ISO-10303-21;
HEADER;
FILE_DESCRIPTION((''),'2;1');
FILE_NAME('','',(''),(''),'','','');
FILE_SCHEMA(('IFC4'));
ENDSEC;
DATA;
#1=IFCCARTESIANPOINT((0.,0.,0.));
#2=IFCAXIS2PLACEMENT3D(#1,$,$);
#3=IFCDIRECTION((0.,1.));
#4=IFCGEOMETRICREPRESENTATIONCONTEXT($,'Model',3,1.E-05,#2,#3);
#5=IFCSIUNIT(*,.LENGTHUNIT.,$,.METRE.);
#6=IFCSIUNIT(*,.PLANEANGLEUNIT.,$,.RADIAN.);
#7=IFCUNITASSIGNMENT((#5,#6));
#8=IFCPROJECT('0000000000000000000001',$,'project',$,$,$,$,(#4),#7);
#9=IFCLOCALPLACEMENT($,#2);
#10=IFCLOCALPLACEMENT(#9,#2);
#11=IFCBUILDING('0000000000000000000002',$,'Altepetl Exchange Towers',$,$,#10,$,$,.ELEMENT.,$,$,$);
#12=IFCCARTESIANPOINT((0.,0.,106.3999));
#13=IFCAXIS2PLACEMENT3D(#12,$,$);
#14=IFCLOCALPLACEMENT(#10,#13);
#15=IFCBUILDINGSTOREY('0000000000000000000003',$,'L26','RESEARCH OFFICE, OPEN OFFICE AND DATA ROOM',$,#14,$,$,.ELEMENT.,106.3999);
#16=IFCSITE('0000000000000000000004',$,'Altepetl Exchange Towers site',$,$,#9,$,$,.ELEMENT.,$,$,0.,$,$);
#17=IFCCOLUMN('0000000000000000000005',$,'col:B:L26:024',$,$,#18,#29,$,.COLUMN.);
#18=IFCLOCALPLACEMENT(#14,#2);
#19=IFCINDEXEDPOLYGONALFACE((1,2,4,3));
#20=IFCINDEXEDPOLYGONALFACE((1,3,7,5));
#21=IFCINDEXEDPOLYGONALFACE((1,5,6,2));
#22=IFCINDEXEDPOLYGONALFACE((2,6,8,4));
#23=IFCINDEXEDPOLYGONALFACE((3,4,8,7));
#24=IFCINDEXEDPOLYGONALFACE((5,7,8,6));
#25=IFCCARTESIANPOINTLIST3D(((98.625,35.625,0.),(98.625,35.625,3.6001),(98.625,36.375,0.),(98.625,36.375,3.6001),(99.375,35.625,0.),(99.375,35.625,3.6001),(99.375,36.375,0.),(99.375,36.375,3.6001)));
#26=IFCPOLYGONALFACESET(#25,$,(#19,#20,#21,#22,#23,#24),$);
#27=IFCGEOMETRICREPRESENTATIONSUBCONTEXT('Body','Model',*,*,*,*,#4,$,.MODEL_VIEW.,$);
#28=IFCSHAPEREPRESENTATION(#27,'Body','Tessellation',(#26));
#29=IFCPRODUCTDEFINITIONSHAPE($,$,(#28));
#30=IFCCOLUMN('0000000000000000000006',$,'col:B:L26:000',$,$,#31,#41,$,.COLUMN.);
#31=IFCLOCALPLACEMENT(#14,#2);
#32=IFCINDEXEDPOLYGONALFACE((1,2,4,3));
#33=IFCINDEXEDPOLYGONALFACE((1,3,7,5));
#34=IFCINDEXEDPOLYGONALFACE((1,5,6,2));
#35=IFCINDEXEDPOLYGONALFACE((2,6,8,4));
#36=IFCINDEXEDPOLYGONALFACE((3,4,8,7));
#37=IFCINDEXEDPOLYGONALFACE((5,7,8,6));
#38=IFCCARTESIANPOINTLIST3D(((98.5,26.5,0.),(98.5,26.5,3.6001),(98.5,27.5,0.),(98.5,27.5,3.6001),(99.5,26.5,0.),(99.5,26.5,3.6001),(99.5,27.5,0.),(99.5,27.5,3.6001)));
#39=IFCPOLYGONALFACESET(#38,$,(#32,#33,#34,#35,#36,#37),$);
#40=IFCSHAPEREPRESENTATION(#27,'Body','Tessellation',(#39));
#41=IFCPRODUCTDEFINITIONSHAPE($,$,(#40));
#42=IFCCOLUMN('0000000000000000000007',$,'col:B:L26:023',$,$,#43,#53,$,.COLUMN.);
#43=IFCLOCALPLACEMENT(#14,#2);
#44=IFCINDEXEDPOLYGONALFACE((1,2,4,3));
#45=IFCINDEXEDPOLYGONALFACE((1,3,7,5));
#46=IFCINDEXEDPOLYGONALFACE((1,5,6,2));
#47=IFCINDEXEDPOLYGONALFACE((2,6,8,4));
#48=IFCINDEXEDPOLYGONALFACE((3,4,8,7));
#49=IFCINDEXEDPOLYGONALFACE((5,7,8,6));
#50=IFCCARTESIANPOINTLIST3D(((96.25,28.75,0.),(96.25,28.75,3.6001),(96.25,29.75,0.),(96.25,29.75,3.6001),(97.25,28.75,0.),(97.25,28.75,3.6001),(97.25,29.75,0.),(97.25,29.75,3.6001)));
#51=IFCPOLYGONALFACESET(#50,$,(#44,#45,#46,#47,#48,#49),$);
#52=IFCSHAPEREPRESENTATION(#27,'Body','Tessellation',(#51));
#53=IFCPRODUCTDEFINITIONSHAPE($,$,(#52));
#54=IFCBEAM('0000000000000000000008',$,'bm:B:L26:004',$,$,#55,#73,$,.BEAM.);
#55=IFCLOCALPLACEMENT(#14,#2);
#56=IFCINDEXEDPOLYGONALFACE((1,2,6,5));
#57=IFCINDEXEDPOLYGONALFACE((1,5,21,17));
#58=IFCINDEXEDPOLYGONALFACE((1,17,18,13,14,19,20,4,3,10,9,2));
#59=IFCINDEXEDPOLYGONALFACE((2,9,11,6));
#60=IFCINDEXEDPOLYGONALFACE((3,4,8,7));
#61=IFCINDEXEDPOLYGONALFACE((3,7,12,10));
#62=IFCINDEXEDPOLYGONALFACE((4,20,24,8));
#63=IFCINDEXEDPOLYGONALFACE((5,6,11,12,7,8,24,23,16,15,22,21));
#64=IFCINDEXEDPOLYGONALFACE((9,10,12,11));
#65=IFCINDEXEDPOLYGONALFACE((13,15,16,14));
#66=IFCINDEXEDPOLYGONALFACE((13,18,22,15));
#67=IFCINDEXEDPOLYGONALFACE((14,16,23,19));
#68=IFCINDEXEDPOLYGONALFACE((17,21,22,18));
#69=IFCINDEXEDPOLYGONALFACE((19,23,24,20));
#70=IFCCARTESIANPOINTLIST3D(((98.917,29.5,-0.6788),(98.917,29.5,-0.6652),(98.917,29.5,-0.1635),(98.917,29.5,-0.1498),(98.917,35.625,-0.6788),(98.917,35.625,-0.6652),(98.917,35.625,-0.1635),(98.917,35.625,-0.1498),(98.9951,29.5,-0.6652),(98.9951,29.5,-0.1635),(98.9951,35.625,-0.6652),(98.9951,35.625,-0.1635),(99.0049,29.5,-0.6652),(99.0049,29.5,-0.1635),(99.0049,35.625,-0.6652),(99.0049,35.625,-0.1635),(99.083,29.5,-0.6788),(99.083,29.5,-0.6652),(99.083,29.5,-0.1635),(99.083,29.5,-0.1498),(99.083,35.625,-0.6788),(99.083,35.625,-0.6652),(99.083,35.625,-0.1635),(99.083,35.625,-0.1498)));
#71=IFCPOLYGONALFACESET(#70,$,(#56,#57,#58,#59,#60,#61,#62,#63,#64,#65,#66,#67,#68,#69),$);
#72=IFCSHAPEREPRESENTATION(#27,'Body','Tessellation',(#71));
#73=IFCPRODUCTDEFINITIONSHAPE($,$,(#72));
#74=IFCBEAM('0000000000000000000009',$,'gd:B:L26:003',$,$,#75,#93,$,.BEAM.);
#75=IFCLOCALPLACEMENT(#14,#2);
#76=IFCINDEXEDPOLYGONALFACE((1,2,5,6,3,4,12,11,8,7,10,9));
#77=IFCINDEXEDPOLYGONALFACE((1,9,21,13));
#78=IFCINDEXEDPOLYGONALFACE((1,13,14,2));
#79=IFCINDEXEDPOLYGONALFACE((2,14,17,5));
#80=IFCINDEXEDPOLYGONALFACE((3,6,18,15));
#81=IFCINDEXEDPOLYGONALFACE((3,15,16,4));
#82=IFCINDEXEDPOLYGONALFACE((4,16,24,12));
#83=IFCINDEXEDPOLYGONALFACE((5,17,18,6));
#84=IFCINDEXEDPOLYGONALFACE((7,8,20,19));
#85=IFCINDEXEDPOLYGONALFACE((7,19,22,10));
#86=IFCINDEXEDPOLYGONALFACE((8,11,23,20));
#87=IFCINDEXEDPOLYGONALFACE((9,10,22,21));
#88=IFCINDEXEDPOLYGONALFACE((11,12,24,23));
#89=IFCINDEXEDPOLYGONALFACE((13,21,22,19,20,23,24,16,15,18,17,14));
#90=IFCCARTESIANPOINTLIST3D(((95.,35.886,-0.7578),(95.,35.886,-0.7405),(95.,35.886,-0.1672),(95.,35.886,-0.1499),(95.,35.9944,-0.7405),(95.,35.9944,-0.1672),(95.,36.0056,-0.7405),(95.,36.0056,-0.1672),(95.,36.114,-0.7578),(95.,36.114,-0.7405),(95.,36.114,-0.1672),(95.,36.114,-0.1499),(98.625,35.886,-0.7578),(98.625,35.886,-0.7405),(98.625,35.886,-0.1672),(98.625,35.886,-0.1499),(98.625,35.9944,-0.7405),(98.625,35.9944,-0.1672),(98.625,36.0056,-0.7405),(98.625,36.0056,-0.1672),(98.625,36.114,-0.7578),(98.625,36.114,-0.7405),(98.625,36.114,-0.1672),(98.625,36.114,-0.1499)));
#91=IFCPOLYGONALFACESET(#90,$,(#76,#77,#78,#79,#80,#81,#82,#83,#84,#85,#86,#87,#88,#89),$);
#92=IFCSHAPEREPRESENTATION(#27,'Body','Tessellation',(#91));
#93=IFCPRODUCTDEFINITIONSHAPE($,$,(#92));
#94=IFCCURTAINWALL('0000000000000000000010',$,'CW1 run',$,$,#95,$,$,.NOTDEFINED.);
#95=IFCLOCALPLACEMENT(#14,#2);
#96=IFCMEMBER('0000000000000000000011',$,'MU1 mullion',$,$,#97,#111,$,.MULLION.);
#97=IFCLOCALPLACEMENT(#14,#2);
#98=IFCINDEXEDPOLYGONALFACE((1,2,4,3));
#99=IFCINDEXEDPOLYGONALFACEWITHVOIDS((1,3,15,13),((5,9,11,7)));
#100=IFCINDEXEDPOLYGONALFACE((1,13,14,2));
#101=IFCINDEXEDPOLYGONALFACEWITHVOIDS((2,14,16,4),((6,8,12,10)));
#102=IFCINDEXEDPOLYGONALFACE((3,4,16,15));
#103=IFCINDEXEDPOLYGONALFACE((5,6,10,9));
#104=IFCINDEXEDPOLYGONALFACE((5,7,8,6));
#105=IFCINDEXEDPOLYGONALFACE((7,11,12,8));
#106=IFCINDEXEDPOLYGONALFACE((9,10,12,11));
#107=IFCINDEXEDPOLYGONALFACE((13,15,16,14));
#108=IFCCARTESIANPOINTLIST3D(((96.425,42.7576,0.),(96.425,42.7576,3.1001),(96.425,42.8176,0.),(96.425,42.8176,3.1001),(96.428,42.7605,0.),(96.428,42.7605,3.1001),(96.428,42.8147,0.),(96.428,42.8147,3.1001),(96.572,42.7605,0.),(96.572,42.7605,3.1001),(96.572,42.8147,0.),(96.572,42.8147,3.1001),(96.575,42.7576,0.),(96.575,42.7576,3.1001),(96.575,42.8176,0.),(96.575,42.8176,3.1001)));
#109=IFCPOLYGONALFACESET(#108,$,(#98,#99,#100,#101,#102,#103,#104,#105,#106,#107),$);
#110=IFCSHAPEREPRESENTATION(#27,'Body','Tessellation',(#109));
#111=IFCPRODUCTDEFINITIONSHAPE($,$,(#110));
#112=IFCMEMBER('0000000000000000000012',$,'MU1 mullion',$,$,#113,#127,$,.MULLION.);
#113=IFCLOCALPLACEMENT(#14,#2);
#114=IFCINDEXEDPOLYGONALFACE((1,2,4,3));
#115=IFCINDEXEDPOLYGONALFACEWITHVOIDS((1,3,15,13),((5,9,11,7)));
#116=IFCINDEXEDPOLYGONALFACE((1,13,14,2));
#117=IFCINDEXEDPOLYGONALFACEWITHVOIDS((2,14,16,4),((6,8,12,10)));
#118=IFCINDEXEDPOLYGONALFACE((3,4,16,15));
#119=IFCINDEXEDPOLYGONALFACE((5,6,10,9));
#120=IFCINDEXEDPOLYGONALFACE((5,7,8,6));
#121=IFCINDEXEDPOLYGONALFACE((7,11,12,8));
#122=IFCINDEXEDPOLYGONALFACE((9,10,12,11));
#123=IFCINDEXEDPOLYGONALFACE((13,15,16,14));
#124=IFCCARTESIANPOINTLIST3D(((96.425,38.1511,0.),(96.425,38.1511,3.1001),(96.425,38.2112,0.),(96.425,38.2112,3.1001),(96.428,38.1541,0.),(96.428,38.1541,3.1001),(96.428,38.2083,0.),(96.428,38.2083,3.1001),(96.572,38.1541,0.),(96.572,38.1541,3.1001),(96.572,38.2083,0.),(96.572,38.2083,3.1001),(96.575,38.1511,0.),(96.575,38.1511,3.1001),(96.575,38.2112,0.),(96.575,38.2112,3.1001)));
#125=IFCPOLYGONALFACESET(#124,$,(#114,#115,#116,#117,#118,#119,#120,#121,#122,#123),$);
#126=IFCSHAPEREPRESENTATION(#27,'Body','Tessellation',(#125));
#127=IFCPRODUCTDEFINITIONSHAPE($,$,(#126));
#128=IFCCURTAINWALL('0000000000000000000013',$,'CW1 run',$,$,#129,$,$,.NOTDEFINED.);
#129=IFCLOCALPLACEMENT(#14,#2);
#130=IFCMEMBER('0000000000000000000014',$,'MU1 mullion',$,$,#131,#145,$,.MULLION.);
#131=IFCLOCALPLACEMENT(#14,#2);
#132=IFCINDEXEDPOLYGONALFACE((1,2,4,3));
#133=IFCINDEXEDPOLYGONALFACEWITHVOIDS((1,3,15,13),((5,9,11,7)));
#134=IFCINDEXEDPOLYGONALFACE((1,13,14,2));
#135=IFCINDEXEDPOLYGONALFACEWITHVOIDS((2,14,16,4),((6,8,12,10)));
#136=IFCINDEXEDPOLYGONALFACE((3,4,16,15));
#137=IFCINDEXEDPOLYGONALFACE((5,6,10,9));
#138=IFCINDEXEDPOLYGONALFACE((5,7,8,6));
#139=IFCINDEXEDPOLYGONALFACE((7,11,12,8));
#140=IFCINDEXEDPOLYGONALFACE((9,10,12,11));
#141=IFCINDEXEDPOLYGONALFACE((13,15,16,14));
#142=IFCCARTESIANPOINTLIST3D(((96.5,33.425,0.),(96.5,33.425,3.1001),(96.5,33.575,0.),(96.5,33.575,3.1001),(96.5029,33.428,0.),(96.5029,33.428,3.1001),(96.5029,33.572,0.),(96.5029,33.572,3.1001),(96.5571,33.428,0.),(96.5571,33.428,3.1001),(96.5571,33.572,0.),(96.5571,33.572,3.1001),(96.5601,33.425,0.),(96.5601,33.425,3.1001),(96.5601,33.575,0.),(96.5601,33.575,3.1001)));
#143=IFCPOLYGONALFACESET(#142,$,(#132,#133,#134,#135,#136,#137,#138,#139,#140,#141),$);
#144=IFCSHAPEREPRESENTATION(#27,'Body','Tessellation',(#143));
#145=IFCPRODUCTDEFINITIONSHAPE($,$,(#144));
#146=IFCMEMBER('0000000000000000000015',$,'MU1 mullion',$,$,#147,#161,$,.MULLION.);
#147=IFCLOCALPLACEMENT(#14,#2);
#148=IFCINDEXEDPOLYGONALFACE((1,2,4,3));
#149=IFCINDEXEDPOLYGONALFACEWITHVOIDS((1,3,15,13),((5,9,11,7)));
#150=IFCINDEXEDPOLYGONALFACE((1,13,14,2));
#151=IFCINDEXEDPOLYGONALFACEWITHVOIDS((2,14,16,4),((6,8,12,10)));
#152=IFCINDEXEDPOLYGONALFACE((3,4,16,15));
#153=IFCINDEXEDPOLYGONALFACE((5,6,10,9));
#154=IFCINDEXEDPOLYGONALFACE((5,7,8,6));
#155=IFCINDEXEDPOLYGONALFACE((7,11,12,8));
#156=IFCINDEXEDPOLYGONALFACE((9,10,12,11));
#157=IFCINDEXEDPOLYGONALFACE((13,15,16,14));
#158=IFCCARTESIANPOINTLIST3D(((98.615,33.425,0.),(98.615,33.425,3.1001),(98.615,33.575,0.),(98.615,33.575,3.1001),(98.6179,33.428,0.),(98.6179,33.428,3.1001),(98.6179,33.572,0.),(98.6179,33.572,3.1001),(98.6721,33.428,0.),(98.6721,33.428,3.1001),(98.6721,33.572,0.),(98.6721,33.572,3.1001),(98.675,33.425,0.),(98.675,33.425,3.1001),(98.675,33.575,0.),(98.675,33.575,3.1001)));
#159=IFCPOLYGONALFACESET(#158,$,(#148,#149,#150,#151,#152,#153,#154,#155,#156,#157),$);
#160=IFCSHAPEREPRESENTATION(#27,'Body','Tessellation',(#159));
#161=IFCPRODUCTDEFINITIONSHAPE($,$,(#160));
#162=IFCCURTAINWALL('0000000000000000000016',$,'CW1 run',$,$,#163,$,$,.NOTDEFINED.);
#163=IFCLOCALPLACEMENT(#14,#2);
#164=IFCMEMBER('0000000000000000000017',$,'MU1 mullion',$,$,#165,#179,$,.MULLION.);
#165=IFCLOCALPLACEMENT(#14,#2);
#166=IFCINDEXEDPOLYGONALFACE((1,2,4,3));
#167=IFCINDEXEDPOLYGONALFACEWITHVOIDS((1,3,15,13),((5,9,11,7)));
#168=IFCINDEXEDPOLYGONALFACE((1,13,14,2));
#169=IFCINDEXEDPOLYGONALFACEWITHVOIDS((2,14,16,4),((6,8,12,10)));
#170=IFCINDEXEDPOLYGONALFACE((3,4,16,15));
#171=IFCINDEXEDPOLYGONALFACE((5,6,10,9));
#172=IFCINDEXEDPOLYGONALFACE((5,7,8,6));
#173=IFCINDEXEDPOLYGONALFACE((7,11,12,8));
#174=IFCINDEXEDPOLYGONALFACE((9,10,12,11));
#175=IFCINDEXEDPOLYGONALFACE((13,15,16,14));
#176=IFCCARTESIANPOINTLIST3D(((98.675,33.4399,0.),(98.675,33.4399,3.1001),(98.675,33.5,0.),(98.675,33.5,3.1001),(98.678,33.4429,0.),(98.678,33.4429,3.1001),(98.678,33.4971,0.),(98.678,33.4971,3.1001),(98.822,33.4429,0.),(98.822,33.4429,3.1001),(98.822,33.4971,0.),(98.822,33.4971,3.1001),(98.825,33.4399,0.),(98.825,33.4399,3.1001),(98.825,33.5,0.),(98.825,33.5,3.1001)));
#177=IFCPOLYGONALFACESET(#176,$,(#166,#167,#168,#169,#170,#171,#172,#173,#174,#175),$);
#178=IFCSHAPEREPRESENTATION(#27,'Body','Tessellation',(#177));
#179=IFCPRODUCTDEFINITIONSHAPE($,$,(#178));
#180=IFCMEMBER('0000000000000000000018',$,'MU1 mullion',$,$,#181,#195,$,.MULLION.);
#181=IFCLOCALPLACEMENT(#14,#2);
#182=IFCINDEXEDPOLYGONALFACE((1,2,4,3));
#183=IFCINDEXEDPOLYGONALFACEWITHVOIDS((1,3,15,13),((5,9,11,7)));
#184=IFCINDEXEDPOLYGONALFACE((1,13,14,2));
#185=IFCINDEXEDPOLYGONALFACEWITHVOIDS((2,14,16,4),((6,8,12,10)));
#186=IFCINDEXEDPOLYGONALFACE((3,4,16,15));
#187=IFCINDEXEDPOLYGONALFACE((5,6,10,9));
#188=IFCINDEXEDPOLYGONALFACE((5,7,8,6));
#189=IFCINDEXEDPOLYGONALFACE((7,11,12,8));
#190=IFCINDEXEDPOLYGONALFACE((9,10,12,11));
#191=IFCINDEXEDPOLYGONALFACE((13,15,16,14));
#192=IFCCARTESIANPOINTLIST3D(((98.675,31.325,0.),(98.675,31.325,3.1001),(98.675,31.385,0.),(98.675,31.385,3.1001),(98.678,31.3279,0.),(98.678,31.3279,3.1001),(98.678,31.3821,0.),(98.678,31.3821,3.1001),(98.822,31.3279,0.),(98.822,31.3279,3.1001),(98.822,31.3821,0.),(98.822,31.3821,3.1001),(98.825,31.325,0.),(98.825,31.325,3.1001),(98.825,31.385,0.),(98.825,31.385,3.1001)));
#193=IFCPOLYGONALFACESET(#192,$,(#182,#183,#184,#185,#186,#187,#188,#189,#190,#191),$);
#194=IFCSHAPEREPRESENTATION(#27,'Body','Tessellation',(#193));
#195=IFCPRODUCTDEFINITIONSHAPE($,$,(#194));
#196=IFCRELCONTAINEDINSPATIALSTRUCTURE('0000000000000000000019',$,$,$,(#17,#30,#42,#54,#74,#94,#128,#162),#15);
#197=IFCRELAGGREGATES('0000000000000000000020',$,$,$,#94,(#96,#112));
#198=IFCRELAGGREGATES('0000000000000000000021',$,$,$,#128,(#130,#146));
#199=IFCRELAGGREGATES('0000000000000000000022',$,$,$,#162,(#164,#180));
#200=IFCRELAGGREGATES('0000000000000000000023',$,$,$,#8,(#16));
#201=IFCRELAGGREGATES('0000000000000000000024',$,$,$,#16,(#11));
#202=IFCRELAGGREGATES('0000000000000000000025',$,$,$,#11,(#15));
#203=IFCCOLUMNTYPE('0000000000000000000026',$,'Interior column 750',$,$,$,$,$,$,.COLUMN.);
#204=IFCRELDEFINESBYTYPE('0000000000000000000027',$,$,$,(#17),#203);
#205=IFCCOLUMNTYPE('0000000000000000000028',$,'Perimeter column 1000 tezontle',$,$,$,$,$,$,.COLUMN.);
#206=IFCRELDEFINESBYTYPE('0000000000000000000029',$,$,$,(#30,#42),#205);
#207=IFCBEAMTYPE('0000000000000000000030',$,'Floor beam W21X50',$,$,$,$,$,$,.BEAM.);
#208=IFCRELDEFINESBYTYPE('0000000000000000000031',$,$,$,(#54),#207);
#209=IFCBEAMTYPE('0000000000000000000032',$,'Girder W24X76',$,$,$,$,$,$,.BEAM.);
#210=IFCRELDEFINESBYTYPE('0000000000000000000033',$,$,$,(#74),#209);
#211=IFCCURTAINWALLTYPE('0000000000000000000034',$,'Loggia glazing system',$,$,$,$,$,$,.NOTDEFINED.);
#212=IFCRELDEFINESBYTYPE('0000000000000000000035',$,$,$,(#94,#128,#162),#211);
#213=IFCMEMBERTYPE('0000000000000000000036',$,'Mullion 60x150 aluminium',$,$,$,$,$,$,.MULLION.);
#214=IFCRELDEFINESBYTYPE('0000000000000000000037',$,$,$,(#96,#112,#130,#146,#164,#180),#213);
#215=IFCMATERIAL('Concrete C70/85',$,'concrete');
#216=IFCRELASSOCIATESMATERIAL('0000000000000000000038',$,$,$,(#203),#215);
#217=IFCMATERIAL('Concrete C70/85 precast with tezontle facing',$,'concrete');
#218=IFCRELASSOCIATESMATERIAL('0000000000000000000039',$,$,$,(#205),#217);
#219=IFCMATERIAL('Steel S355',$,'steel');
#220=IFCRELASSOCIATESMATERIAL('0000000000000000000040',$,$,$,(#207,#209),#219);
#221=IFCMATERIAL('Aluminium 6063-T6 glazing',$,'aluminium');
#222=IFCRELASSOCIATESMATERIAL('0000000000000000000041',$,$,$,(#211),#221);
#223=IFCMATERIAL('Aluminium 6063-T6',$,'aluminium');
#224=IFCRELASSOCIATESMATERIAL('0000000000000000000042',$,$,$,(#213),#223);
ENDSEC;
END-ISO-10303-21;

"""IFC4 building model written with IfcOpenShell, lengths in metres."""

from ifc_helpers import new_model, si_unit, direction, frame, origin, origin_2d, place, context, subcontext, project, spatial, rectangle, hollow_rectangle, i_section, extrude, material, material_profile, profile_set, type_object, element, aggregate, save


model = new_model("IFC4")

# Units and contexts
model_context = context("Model", 3, precision=1e-05, world=origin(), true_north=direction((0.0, 1.0)))
body_context = subcontext(model_context, "Body", "Model", "MODEL_VIEW")
ifc_project = project(units=[si_unit("LENGTHUNIT", "METRE"), si_unit("PLANEANGLEUNIT", "RADIAN")], contexts=[model_context])

# Site, building, storey
site_placement = place(None, origin())
site = spatial("IfcSite", under=ifc_project, at=site_placement, Name="Altepetl Exchange Towers site", CompositionType="ELEMENT", RefElevation=0.0)
building_placement = place(site_placement, origin())
building = spatial("IfcBuilding", under=site, at=building_placement, Name="Altepetl Exchange Towers", CompositionType="ELEMENT")
storey_placement = place(building_placement, frame((0.0, 0.0, 106.3999)))
storey = spatial("IfcBuildingStorey", under=building, at=storey_placement, Name="L26", Description="RESEARCH OFFICE, OPEN OFFICE AND DATA ROOM", CompositionType="ELEMENT", Elevation=106.3999)

# Columns
ifc_material_1 = material(Name="Concrete C70/85", Category="concrete")
ifc_material_profile_1 = material_profile(ifc_material_1, rectangle(XDim=0.75, YDim=0.75, at=origin_2d()), Name="750 x 750")
ifc_profile_set_1 = profile_set([ifc_material_profile_1], Name="Concrete C70/85")
column_type_1 = type_object("IfcColumnType", Name="Interior column 750", PredefinedType="COLUMN", material=ifc_profile_set_1)
column_placement = place(storey_placement, frame((99.0, 36.0, 0.0)))
element("IfcColumn", 1, at=column_placement, inside=storey, type_object=column_type_1, Name="col:B:L26:024", PredefinedType="COLUMN", context=body_context, shape_type="SweptSolid", body=[
    extrude(rectangle(XDim=0.75, YDim=0.75, at=origin_2d()), origin(), (0.0, 0.0, 1.0), 3.6001),
])
ifc_material_2 = material(Name="Concrete C70/85 precast with tezontle facing", Category="concrete")
ifc_material_profile_2 = material_profile(ifc_material_2, rectangle(XDim=1.0, YDim=1.0, at=origin_2d()), Name="1000 x 1000")
ifc_profile_set_2 = profile_set([ifc_material_profile_2], Name="Concrete C70/85 precast with tezontle facing")
column_type_2 = type_object("IfcColumnType", Name="Perimeter column 1000 tezontle", PredefinedType="COLUMN", material=ifc_profile_set_2)
for number, where, name in (
    (2, (99.0, 27.0, 0.0), "col:B:L26:000"),
    (3, (96.75, 29.25, 0.0), "col:B:L26:023"),
):
    element("IfcColumn", number, at=place(storey_placement, frame(where)), inside=storey, type_object=column_type_2, Name=name, PredefinedType="COLUMN", context=body_context, shape_type="SweptSolid", body=[
        extrude(rectangle(XDim=1.0, YDim=1.0, at=origin_2d()), origin(), (0.0, 0.0, 1.0), 3.6001),
    ])

# Beams
ifc_material_3 = material(Name="Steel S355", Category="steel")
ifc_material_profile_3 = material_profile(ifc_material_3, i_section(OverallWidth=0.166, OverallDepth=0.5291, WebThickness=0.0098, FlangeThickness=0.0137, at=origin_2d()), Name="W21X50")
ifc_profile_set_3 = profile_set([ifc_material_profile_3], Name="Steel S355")
beam_type_1 = type_object("IfcBeamType", Name="Floor beam W21X50", PredefinedType="BEAM", material=ifc_profile_set_3)
beam_1_placement = place(storey_placement, frame((99.0, 29.5, -0.4143), z_axis=(0.0, 1.0, 0.0), x_axis=(-1.0, 0.0, 0.0)))
element("IfcBeam", 4, at=beam_1_placement, inside=storey, type_object=beam_type_1, Name="bm:B:L26:004", PredefinedType="BEAM", context=body_context, shape_type="SweptSolid", body=[
    extrude(i_section(OverallWidth=0.166, OverallDepth=0.5291, WebThickness=0.0098, FlangeThickness=0.0137, at=origin_2d()), origin(), (0.0, 0.0, 1.0), 6.125),
])
ifc_material_profile_4 = material_profile(ifc_material_3, i_section(OverallWidth=0.228, OverallDepth=0.6079, WebThickness=0.0112, FlangeThickness=0.0173, at=origin_2d()), Name="W24X76")
ifc_profile_set_4 = profile_set([ifc_material_profile_4], Name="Steel S355")
beam_type_2 = type_object("IfcBeamType", Name="Girder W24X76", PredefinedType="BEAM", material=ifc_profile_set_4)
beam_2_placement = place(storey_placement, frame((98.625, 36.0, -0.4539), z_axis=(-1.0, 0.0, 0.0), x_axis=(0.0, -1.0, 0.0)))
element("IfcBeam", 5, at=beam_2_placement, inside=storey, type_object=beam_type_2, Name="gd:B:L26:003", PredefinedType="BEAM", context=body_context, shape_type="SweptSolid", body=[
    extrude(i_section(OverallWidth=0.228, OverallDepth=0.6079, WebThickness=0.0112, FlangeThickness=0.0173, at=origin_2d()), origin(), (0.0, 0.0, 1.0), 3.625),
])

# Curtain walls, members
ifc_material_4 = material(Name="Aluminium 6063-T6 glazing", Category="aluminium")
curtain_wall_type = type_object("IfcCurtainWallType", Name="Loggia glazing system", PredefinedType="NOTDEFINED", material=ifc_material_4)
curtain_wall_1_placement = place(storey_placement, origin())
curtain_wall_1 = element("IfcCurtainWall", 6, at=curtain_wall_1_placement, inside=storey, type_object=curtain_wall_type, Name="CW1 run", PredefinedType="NOTDEFINED")
ifc_material_5 = material(Name="Aluminium 6063-T6", Category="aluminium")
ifc_material_profile_5 = material_profile(ifc_material_5, hollow_rectangle(XDim=0.0601, YDim=0.1499, WallThickness=0.0029, at=origin_2d()), Name="Mullion 60x150 aluminium")
ifc_profile_set_5 = profile_set([ifc_material_profile_5], Name="Aluminium 6063-T6")
member_type = type_object("IfcMemberType", Name="Mullion 60x150 aluminium", PredefinedType="MULLION", material=ifc_profile_set_5)
member_1_placement = place(storey_placement, frame((96.5, 42.7876, 0.0), z_axis=(0.0, 0.0, 1.0), x_axis=(0.0, -1.0, 0.0)))
member_1 = element("IfcMember", 7, at=member_1_placement, type_object=member_type, Name="MU1 mullion", PredefinedType="MULLION", context=body_context, shape_type="SweptSolid", body=[
    extrude(hollow_rectangle(XDim=0.0601, YDim=0.1499, WallThickness=0.0029, at=origin_2d()), origin(), (0.0, 0.0, 1.0), 3.1001),
])
member_2_placement = place(storey_placement, frame((96.5, 38.1812, 0.0), z_axis=(0.0, 0.0, 1.0), x_axis=(0.0, -1.0, 0.0)))
member_2 = element("IfcMember", 8, at=member_2_placement, type_object=member_type, Name="MU1 mullion", PredefinedType="MULLION", context=body_context, shape_type="SweptSolid", body=[
    extrude(hollow_rectangle(XDim=0.0601, YDim=0.1499, WallThickness=0.0029, at=origin_2d()), origin(), (0.0, 0.0, 1.0), 3.1001),
])
curtain_wall_2_placement = place(storey_placement, origin())
curtain_wall_2 = element("IfcCurtainWall", 9, at=curtain_wall_2_placement, inside=storey, type_object=curtain_wall_type, Name="CW1 run", PredefinedType="NOTDEFINED")
member_3_placement = place(storey_placement, frame((96.53, 33.5, 0.0)))
member_3 = element("IfcMember", 10, at=member_3_placement, type_object=member_type, Name="MU1 mullion", PredefinedType="MULLION", context=body_context, shape_type="SweptSolid", body=[
    extrude(hollow_rectangle(XDim=0.0601, YDim=0.1499, WallThickness=0.0029, at=origin_2d()), origin(), (0.0, 0.0, 1.0), 3.1001),
])
member_4_placement = place(storey_placement, frame((98.645, 33.5, 0.0)))
member_4 = element("IfcMember", 11, at=member_4_placement, type_object=member_type, Name="MU1 mullion", PredefinedType="MULLION", context=body_context, shape_type="SweptSolid", body=[
    extrude(hollow_rectangle(XDim=0.0601, YDim=0.1499, WallThickness=0.0029, at=origin_2d()), origin(), (0.0, 0.0, 1.0), 3.1001),
])
curtain_wall_3_placement = place(storey_placement, origin())
curtain_wall_3 = element("IfcCurtainWall", 12, at=curtain_wall_3_placement, inside=storey, type_object=curtain_wall_type, Name="CW1 run", PredefinedType="NOTDEFINED")
member_5_placement = place(storey_placement, frame((98.75, 33.47, 0.0), z_axis=(0.0, 0.0, 1.0), x_axis=(0.0, -1.0, 0.0)))
member_5 = element("IfcMember", 13, at=member_5_placement, type_object=member_type, Name="MU1 mullion", PredefinedType="MULLION", context=body_context, shape_type="SweptSolid", body=[
    extrude(hollow_rectangle(XDim=0.0601, YDim=0.1499, WallThickness=0.0029, at=origin_2d()), origin(), (0.0, 0.0, 1.0), 3.1001),
])
member_6_placement = place(storey_placement, frame((98.75, 31.355, 0.0), z_axis=(0.0, 0.0, 1.0), x_axis=(0.0, -1.0, 0.0)))
member_6 = element("IfcMember", 14, at=member_6_placement, type_object=member_type, Name="MU1 mullion", PredefinedType="MULLION", context=body_context, shape_type="SweptSolid", body=[
    extrude(hollow_rectangle(XDim=0.0601, YDim=0.1499, WallThickness=0.0029, at=origin_2d()), origin(), (0.0, 0.0, 1.0), 3.1001),
])

aggregate(curtain_wall_1, [member_1, member_2])
aggregate(curtain_wall_2, [member_3, member_4])
aggregate(curtain_wall_3, [member_5, member_6])

save(model, "model.ifc")
